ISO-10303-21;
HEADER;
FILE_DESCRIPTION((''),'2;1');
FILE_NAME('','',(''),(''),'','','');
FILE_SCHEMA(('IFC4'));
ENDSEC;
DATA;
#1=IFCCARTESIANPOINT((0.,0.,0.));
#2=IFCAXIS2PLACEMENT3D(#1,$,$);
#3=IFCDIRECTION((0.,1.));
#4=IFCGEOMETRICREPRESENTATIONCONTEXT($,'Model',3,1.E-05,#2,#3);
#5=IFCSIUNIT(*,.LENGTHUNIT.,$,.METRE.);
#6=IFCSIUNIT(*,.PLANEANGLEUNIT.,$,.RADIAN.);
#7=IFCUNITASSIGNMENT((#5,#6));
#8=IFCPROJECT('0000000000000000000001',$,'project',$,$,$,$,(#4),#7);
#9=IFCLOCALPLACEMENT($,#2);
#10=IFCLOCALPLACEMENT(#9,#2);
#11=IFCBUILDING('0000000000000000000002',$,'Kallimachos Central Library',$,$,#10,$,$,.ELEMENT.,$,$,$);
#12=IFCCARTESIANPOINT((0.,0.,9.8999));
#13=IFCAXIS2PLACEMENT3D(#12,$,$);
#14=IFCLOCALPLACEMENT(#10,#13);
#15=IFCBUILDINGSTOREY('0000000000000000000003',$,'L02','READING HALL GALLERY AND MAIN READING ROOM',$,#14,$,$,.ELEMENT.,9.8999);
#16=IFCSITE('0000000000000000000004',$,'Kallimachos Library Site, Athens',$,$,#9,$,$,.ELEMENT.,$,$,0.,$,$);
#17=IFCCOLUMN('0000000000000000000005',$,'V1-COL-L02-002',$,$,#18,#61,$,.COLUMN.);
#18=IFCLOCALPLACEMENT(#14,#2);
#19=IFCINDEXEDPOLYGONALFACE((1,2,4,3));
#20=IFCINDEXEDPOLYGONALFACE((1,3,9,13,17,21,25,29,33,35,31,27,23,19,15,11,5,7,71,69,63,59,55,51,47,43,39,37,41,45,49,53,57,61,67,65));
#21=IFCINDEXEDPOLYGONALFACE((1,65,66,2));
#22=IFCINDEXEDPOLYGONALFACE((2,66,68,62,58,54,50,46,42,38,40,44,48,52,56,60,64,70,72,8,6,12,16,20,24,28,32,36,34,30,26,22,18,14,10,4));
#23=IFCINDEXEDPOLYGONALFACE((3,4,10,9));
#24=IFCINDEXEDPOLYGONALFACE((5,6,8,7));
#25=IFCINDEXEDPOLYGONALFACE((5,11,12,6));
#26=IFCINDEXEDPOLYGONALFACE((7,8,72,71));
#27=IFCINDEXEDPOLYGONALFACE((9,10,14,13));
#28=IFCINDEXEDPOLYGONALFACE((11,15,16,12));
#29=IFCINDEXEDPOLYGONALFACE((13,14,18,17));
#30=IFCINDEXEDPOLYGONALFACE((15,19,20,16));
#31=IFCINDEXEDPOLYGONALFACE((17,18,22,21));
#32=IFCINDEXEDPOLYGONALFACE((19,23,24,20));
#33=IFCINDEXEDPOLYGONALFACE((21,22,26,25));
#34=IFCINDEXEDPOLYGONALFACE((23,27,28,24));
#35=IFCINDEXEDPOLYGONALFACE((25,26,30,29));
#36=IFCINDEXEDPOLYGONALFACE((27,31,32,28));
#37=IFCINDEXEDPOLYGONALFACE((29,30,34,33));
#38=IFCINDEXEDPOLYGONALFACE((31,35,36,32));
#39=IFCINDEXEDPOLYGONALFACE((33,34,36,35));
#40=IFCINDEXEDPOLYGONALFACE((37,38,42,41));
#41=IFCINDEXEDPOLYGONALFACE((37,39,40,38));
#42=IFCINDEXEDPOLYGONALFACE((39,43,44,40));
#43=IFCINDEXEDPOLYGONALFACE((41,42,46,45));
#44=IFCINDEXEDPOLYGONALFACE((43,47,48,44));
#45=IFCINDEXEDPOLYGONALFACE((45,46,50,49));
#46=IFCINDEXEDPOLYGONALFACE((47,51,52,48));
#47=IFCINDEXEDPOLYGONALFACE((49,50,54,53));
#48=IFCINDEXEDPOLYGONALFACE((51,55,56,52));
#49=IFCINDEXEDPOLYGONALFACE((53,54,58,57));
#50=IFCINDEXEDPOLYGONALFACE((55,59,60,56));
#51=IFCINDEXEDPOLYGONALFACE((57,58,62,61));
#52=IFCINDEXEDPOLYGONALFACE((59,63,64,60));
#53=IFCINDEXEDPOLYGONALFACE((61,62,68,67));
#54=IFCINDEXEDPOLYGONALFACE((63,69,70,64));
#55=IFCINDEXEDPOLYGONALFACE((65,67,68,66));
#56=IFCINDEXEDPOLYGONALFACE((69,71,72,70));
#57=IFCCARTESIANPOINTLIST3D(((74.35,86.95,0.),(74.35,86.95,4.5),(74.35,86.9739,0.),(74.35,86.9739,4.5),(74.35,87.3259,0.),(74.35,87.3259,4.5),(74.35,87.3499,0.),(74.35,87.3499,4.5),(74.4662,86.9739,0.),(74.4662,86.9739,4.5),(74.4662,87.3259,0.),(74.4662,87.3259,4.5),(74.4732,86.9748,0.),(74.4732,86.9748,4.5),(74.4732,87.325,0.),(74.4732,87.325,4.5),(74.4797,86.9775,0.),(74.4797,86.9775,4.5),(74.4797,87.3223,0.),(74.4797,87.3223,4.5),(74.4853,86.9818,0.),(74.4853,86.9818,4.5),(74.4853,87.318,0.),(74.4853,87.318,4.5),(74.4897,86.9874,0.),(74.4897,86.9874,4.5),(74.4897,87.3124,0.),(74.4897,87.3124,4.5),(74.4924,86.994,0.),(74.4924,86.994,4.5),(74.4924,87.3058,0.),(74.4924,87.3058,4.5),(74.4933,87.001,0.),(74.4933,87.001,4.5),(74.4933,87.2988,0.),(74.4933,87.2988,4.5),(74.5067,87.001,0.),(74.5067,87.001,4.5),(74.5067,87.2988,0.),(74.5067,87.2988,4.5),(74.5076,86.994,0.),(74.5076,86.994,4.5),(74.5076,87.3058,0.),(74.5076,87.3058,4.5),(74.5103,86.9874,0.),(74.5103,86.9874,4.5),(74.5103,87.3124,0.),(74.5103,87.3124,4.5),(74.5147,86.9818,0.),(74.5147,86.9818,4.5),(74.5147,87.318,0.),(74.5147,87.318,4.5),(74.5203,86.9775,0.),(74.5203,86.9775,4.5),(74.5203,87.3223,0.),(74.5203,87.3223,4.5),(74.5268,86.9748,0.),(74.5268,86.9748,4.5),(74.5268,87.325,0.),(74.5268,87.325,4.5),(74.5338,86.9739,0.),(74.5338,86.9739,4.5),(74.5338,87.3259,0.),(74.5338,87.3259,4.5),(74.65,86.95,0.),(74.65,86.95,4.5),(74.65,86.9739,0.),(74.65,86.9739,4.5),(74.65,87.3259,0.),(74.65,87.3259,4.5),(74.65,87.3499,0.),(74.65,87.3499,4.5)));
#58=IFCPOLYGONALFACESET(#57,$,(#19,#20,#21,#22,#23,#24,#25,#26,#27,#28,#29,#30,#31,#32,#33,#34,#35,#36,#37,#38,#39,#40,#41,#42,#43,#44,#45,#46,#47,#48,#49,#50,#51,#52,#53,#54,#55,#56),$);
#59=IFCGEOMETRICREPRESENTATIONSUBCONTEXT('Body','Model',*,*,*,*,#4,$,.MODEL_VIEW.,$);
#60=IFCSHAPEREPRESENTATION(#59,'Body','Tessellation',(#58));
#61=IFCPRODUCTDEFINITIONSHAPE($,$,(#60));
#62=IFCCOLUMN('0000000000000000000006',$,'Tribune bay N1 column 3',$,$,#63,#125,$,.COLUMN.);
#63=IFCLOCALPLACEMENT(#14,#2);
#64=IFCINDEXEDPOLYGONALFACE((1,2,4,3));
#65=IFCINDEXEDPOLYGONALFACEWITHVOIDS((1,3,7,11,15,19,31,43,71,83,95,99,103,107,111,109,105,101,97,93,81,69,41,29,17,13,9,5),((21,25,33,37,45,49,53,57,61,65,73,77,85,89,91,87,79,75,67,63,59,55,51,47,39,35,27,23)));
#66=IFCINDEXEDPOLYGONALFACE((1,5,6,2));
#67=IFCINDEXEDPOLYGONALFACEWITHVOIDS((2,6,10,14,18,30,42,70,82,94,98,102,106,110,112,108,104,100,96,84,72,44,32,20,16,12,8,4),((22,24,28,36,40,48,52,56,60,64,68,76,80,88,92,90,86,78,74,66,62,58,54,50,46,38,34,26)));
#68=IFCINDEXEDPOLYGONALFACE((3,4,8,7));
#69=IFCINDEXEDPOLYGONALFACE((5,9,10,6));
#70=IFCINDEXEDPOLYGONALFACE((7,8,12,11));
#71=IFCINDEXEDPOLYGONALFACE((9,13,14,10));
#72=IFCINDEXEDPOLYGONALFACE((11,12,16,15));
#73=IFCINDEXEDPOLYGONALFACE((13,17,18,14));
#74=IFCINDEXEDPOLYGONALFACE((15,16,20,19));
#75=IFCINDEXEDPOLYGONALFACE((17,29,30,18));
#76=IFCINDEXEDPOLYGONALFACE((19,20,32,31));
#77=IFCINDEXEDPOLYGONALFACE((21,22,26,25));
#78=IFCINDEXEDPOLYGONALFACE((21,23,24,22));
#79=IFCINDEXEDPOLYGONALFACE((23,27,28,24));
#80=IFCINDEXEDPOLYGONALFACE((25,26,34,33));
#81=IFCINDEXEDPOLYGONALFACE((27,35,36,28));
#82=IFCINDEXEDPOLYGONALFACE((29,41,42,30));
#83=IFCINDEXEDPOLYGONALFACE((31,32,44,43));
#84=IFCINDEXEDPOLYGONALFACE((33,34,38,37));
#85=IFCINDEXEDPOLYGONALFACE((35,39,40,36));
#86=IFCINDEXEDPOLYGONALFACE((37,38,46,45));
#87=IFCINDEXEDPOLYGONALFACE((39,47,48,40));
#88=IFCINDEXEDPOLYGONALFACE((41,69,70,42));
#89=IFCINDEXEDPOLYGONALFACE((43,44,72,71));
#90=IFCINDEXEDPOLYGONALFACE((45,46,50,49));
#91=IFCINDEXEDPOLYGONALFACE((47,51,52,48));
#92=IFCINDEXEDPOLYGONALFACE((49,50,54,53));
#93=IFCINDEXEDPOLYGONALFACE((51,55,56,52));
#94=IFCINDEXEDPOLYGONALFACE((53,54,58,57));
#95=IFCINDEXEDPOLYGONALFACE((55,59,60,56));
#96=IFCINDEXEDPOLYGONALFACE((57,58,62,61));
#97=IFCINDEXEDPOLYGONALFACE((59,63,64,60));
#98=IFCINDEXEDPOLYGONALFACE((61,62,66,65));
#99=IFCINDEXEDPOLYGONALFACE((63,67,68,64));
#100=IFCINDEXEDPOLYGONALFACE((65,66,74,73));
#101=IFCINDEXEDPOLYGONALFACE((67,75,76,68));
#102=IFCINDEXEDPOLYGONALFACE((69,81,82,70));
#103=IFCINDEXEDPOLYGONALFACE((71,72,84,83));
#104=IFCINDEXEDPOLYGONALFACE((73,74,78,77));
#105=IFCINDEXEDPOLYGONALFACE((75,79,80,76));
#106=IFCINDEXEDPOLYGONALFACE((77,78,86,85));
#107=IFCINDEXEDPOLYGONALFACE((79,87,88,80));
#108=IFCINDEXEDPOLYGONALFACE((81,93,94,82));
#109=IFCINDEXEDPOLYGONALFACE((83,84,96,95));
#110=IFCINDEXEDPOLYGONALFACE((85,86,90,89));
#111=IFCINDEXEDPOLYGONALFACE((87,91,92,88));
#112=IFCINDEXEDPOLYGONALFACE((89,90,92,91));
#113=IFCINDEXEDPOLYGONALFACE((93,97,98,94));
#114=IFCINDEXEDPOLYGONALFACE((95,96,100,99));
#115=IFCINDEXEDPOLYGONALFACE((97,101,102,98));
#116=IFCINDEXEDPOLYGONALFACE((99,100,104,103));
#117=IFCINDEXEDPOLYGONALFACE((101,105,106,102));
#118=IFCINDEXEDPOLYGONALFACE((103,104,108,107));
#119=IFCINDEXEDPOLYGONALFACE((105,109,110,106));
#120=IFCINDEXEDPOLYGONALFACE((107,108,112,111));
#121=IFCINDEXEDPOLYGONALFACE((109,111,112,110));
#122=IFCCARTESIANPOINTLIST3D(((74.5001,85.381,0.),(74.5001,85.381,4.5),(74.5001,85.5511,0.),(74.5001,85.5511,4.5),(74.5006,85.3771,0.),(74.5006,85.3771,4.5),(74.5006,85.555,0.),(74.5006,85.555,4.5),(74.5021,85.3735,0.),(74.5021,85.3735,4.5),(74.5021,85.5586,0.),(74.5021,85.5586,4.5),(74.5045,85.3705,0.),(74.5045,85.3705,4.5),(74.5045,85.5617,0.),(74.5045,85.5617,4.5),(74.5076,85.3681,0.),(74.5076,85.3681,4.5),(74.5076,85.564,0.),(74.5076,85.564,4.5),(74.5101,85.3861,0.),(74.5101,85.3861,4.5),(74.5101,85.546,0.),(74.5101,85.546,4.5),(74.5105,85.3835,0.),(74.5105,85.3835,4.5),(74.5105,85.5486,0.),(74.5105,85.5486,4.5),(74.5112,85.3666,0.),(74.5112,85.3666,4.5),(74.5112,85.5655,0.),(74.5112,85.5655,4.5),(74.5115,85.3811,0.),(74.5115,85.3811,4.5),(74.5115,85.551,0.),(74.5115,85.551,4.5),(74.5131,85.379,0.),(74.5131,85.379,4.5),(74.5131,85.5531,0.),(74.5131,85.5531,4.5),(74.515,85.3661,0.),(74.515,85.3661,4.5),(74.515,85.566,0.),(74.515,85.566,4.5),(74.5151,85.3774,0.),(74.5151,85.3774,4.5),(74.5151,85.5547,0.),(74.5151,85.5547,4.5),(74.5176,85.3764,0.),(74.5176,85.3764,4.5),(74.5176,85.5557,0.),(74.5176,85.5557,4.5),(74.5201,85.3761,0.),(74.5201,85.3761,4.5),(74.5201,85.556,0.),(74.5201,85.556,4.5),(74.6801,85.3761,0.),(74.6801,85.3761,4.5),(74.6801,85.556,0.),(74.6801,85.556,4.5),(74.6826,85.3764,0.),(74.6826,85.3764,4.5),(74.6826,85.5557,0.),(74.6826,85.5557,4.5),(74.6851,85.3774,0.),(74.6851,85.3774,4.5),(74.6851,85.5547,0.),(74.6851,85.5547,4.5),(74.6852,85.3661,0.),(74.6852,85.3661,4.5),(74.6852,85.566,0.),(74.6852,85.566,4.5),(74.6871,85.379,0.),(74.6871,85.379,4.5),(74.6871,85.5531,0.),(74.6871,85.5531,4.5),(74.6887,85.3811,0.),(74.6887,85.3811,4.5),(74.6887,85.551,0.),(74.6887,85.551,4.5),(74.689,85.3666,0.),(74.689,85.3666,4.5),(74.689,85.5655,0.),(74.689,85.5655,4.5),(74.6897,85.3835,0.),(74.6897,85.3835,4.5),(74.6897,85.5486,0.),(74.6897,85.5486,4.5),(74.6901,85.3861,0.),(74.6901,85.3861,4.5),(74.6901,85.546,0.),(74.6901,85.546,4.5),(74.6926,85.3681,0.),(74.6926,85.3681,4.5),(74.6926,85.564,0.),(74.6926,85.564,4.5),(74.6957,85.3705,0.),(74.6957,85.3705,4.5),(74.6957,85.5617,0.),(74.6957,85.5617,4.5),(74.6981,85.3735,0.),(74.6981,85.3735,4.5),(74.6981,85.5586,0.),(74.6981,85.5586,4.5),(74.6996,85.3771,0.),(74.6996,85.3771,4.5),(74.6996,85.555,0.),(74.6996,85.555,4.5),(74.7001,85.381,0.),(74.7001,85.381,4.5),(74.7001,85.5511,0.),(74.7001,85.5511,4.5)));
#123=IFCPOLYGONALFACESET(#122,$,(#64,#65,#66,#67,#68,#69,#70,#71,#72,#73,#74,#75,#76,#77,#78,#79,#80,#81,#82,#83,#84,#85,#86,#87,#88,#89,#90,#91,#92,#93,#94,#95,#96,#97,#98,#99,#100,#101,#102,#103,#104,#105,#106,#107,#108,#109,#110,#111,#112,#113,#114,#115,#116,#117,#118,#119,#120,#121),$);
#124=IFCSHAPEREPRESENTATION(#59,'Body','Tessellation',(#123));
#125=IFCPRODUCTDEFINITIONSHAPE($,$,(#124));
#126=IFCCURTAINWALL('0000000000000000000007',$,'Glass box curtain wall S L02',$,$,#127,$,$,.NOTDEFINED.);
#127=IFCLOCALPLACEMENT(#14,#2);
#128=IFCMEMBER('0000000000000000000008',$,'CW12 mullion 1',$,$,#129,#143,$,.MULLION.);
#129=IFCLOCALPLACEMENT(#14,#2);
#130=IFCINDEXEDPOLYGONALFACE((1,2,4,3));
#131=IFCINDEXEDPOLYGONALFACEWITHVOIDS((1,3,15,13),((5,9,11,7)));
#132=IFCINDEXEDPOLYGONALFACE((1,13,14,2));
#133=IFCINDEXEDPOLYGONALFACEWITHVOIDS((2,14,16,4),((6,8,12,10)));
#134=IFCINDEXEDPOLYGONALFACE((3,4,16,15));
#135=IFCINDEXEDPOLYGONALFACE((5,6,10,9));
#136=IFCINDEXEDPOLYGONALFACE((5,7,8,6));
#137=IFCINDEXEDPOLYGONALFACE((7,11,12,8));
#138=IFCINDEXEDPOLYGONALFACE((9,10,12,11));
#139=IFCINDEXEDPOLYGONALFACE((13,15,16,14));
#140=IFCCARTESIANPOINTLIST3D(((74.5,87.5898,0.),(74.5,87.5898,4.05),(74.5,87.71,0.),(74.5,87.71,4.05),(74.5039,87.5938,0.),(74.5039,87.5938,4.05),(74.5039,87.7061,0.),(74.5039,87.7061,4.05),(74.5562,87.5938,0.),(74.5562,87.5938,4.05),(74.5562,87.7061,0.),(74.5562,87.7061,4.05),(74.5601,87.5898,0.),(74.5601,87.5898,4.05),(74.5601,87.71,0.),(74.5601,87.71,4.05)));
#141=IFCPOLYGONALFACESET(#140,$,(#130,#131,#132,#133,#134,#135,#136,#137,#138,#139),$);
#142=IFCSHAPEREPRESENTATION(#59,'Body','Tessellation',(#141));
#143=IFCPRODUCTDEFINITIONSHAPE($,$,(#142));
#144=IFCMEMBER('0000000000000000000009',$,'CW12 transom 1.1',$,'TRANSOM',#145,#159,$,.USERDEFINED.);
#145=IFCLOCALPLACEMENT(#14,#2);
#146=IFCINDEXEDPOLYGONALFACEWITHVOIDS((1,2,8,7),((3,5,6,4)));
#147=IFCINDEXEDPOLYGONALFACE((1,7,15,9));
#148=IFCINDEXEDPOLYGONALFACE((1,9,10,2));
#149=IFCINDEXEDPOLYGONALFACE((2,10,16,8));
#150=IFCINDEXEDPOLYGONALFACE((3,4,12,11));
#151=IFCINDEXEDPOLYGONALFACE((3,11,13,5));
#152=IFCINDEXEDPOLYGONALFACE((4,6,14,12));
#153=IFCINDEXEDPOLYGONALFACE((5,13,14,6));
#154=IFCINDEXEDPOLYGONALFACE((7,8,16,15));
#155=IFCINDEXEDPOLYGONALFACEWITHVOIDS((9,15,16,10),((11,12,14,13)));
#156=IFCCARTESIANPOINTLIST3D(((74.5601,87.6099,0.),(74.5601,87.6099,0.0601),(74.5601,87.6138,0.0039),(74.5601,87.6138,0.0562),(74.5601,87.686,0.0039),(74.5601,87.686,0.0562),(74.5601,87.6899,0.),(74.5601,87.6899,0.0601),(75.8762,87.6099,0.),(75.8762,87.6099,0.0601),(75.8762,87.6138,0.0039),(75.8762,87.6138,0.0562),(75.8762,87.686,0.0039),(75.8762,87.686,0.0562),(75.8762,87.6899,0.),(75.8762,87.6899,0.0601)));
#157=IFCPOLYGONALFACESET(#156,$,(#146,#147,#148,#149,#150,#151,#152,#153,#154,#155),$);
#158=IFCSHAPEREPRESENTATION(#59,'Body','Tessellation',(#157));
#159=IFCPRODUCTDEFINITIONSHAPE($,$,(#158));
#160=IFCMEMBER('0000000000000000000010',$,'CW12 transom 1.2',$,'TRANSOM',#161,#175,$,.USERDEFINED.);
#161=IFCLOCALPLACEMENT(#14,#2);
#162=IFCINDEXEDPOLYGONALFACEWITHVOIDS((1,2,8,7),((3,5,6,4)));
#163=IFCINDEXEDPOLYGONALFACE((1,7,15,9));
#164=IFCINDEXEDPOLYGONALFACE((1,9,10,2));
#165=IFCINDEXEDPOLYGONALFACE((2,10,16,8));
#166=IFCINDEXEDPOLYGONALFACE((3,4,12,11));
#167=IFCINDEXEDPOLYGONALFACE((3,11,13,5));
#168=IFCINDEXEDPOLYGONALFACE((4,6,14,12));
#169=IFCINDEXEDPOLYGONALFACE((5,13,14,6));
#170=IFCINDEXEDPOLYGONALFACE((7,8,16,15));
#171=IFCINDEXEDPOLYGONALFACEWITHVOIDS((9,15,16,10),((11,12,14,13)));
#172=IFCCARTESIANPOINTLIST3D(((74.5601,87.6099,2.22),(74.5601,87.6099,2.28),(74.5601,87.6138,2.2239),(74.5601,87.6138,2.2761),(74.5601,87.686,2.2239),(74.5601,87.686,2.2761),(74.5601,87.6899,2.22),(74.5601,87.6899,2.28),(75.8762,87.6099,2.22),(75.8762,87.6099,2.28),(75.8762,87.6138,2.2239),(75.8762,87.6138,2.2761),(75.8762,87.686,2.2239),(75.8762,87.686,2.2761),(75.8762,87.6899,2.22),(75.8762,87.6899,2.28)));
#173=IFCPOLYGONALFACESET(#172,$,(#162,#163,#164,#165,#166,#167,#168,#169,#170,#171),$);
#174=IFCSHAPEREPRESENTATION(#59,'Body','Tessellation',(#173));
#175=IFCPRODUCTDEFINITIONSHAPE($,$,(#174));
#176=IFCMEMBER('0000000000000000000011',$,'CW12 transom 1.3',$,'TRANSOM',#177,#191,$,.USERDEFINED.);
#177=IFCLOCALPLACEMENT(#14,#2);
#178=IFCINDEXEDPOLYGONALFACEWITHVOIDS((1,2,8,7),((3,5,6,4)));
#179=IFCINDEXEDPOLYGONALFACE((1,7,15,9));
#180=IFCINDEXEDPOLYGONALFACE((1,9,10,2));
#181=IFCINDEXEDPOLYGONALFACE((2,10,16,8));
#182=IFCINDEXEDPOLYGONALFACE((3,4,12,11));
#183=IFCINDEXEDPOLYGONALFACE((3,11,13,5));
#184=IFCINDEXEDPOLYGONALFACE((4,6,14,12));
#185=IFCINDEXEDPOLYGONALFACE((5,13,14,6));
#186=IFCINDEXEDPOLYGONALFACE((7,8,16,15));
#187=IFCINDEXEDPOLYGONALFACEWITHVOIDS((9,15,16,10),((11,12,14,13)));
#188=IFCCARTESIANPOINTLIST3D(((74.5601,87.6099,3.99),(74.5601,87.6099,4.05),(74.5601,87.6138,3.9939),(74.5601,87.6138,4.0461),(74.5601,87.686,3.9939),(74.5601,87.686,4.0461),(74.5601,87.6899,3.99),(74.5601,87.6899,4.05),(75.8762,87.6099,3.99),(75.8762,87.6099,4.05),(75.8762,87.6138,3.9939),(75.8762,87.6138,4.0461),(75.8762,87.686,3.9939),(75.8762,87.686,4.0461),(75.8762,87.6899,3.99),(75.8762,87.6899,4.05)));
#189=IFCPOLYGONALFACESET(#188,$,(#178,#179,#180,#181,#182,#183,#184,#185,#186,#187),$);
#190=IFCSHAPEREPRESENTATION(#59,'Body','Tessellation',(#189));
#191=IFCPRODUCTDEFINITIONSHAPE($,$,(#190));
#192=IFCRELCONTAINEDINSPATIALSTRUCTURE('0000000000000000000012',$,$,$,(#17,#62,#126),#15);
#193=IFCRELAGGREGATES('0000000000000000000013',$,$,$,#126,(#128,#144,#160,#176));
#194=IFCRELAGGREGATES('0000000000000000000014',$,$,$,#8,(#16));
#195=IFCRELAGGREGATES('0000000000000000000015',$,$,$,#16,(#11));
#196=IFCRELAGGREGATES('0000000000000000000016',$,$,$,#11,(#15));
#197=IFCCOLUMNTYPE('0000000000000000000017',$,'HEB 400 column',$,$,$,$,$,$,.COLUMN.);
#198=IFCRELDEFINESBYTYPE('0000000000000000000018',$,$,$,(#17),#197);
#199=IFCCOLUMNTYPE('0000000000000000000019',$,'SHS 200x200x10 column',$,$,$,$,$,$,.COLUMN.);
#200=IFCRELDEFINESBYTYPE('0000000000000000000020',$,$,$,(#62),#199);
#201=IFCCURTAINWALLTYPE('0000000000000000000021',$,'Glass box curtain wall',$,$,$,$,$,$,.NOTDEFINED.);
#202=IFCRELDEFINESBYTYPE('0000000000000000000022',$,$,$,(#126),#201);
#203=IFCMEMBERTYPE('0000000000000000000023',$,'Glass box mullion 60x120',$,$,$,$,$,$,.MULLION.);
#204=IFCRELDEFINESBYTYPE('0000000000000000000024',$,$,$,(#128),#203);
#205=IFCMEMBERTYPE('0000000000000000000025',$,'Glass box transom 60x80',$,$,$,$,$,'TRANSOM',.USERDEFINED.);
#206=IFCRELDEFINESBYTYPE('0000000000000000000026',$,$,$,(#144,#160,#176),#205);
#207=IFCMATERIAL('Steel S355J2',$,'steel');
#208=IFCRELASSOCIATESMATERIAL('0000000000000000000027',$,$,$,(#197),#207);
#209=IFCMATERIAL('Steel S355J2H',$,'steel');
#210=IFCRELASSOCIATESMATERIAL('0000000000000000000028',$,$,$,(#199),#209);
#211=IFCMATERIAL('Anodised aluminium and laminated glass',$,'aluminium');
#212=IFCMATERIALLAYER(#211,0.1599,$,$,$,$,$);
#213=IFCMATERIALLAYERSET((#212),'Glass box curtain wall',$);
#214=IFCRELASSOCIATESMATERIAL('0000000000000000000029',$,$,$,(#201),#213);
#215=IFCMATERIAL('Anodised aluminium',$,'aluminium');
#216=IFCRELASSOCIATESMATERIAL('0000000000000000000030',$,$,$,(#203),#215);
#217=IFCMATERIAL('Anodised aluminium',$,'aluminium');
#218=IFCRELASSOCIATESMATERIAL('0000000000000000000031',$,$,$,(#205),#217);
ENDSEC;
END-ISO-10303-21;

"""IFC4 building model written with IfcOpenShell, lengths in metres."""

from ifc_helpers import new_model, si_unit, direction, frame, origin, origin_2d, place, context, subcontext, project, spatial, hollow_rectangle, i_section, extrude, material, layer, layer_set, material_profile, profile_set, type_object, element, aggregate, save


model = new_model("IFC4")

# Units and contexts
model_context = context("Model", 3, precision=1e-05, world=origin(), true_north=direction((0.0, 1.0)))
body_context = subcontext(model_context, "Body", "Model", "MODEL_VIEW")
ifc_project = project(units=[si_unit("LENGTHUNIT", "METRE"), si_unit("PLANEANGLEUNIT", "RADIAN")], contexts=[model_context])

# Site, building, storey
site_placement = place(None, origin())
site = spatial("IfcSite", under=ifc_project, at=site_placement, Name="Kallimachos Library Site, Athens", CompositionType="ELEMENT", RefElevation=0.0)
building_placement = place(site_placement, origin())
building = spatial("IfcBuilding", under=site, at=building_placement, Name="Kallimachos Central Library", CompositionType="ELEMENT")
storey_placement = place(building_placement, frame((0.0, 0.0, 9.8999)))
storey = spatial("IfcBuildingStorey", under=building, at=storey_placement, Name="L02", Description="READING HALL GALLERY AND MAIN READING ROOM", CompositionType="ELEMENT", Elevation=9.8999)

# Columns
ifc_material_1 = material(Name="Steel S355J2", Category="steel")
ifc_material_profile_1 = material_profile(ifc_material_1, i_section(OverallWidth=0.3, OverallDepth=0.3999, WebThickness=0.0134, FlangeThickness=0.0239, FilletRadius=0.0271, at=origin_2d()), Name="HEB 400")
ifc_profile_set_1 = profile_set([ifc_material_profile_1], Name="Steel S355J2")
column_type_1 = type_object("IfcColumnType", Name="HEB 400 column", PredefinedType="COLUMN", material=ifc_profile_set_1)
column_1_placement = place(storey_placement, frame((74.5, 87.1499, 0.0), z_axis=(0.0, 0.0, 1.0), x_axis=(1.0, 0.0, 0.0)))
element("IfcColumn", 1, at=column_1_placement, inside=storey, type_object=column_type_1, Name="V1-COL-L02-002", PredefinedType="COLUMN", context=body_context, shape_type="SweptSolid", body=[
    extrude(i_section(OverallWidth=0.3, OverallDepth=0.3999, WebThickness=0.0134, FlangeThickness=0.0239, FilletRadius=0.0271, at=origin_2d()), origin(), (0.0, 0.0, 1.0), 4.5),
])
ifc_material_2 = material(Name="Steel S355J2H", Category="steel")
ifc_material_profile_2 = material_profile(ifc_material_2, hollow_rectangle(XDim=0.2, YDim=0.2, WallThickness=0.01, InnerFilletRadius=0.01, OuterFilletRadius=0.0149, at=origin_2d()), Name="SHS 200x200x10")
ifc_profile_set_2 = profile_set([ifc_material_profile_2], Name="Steel S355J2H")
column_type_2 = type_object("IfcColumnType", Name="SHS 200x200x10 column", PredefinedType="COLUMN", material=ifc_profile_set_2)
column_2_placement = place(storey_placement, frame((74.6001, 85.4661, 0.0), z_axis=(0.0, 0.0, 1.0), x_axis=(1.0, 0.0, 0.0)))
element("IfcColumn", 2, at=column_2_placement, inside=storey, type_object=column_type_2, Name="Tribune bay N1 column 3", PredefinedType="COLUMN", context=body_context, shape_type="SweptSolid", body=[
    extrude(hollow_rectangle(XDim=0.2, YDim=0.2, WallThickness=0.01, InnerFilletRadius=0.01, OuterFilletRadius=0.0149, at=origin_2d()), origin(), (0.0, 0.0, 1.0), 4.5),
])

# Curtain wall, members
ifc_material_3 = material(Name="Anodised aluminium and laminated glass", Category="aluminium")
ifc_layer_1 = layer(ifc_material_3, 0.1599)
ifc_layer_set_1 = layer_set([ifc_layer_1], Name="Glass box curtain wall")
curtain_wall_type_1 = type_object("IfcCurtainWallType", Name="Glass box curtain wall", PredefinedType="NOTDEFINED", material=ifc_layer_set_1)
curtain_wall_1_placement = place(storey_placement, origin())
curtain_wall_1 = element("IfcCurtainWall", 3, at=curtain_wall_1_placement, inside=storey, type_object=curtain_wall_type_1, Name="Glass box curtain wall S L02", PredefinedType="NOTDEFINED")
ifc_material_4 = material(Name="Anodised aluminium", Category="aluminium")
ifc_material_profile_3 = material_profile(ifc_material_4, hollow_rectangle(XDim=0.0601, YDim=0.1201, WallThickness=0.0039, at=origin_2d()), Name="ALU MULLION 60x120")
ifc_profile_set_3 = profile_set([ifc_material_profile_3], Name="Anodised aluminium")
member_type_1 = type_object("IfcMemberType", Name="Glass box mullion 60x120", PredefinedType="MULLION", material=ifc_profile_set_3)
member_1_placement = place(storey_placement, frame((74.53, 87.6499, 0.0), z_axis=(0.0, 0.0, 1.0), x_axis=(1.0, 0.0, 0.0)))
member_1 = element("IfcMember", 4, at=member_1_placement, type_object=member_type_1, Name="CW12 mullion 1", PredefinedType="MULLION", context=body_context, shape_type="SweptSolid", body=[
    extrude(hollow_rectangle(XDim=0.0601, YDim=0.1201, WallThickness=0.0039, at=origin_2d()), origin(), (0.0, 0.0, 1.0), 4.05),
])
ifc_material_5 = material(Name="Anodised aluminium", Category="aluminium")
ifc_material_profile_4 = material_profile(ifc_material_5, hollow_rectangle(XDim=0.0601, YDim=0.0801, WallThickness=0.0039, at=origin_2d()), Name="ALU TRANSOM 60x80")
ifc_profile_set_4 = profile_set([ifc_material_profile_4], Name="Anodised aluminium")
member_type_2 = type_object("IfcMemberType", Name="Glass box transom 60x80", ElementType="TRANSOM", PredefinedType="USERDEFINED", material=ifc_profile_set_4)
member_2_placement = place(storey_placement, frame((74.5601, 87.6499, 0.03), z_axis=(1.0, 0.0, 0.0), x_axis=(0.0, 0.0, 1.0)))
member_2 = element("IfcMember", 5, at=member_2_placement, type_object=member_type_2, Name="CW12 transom 1.1", ObjectType="TRANSOM", PredefinedType="USERDEFINED", context=body_context, shape_type="SweptSolid", body=[
    extrude(hollow_rectangle(XDim=0.0601, YDim=0.0801, WallThickness=0.0039, at=origin_2d()), origin(), (0.0, 0.0, 1.0), 1.3162),
])
member_3_placement = place(storey_placement, frame((74.5601, 87.6499, 2.25), z_axis=(1.0, 0.0, 0.0), x_axis=(0.0, 0.0, 1.0)))
member_3 = element("IfcMember", 6, at=member_3_placement, type_object=member_type_2, Name="CW12 transom 1.2", ObjectType="TRANSOM", PredefinedType="USERDEFINED", context=body_context, shape_type="SweptSolid", body=[
    extrude(hollow_rectangle(XDim=0.0601, YDim=0.0801, WallThickness=0.0039, at=origin_2d()), origin(), (0.0, 0.0, 1.0), 1.3162),
])
member_4_placement = place(storey_placement, frame((74.5601, 87.6499, 4.02), z_axis=(1.0, 0.0, 0.0), x_axis=(0.0, 0.0, 1.0)))
member_4 = element("IfcMember", 7, at=member_4_placement, type_object=member_type_2, Name="CW12 transom 1.3", ObjectType="TRANSOM", PredefinedType="USERDEFINED", context=body_context, shape_type="SweptSolid", body=[
    extrude(hollow_rectangle(XDim=0.0601, YDim=0.0801, WallThickness=0.0039, at=origin_2d()), origin(), (0.0, 0.0, 1.0), 1.3162),
])

aggregate(curtain_wall_1, [member_1, member_2, member_3, member_4])

save(model, "model.ifc")
